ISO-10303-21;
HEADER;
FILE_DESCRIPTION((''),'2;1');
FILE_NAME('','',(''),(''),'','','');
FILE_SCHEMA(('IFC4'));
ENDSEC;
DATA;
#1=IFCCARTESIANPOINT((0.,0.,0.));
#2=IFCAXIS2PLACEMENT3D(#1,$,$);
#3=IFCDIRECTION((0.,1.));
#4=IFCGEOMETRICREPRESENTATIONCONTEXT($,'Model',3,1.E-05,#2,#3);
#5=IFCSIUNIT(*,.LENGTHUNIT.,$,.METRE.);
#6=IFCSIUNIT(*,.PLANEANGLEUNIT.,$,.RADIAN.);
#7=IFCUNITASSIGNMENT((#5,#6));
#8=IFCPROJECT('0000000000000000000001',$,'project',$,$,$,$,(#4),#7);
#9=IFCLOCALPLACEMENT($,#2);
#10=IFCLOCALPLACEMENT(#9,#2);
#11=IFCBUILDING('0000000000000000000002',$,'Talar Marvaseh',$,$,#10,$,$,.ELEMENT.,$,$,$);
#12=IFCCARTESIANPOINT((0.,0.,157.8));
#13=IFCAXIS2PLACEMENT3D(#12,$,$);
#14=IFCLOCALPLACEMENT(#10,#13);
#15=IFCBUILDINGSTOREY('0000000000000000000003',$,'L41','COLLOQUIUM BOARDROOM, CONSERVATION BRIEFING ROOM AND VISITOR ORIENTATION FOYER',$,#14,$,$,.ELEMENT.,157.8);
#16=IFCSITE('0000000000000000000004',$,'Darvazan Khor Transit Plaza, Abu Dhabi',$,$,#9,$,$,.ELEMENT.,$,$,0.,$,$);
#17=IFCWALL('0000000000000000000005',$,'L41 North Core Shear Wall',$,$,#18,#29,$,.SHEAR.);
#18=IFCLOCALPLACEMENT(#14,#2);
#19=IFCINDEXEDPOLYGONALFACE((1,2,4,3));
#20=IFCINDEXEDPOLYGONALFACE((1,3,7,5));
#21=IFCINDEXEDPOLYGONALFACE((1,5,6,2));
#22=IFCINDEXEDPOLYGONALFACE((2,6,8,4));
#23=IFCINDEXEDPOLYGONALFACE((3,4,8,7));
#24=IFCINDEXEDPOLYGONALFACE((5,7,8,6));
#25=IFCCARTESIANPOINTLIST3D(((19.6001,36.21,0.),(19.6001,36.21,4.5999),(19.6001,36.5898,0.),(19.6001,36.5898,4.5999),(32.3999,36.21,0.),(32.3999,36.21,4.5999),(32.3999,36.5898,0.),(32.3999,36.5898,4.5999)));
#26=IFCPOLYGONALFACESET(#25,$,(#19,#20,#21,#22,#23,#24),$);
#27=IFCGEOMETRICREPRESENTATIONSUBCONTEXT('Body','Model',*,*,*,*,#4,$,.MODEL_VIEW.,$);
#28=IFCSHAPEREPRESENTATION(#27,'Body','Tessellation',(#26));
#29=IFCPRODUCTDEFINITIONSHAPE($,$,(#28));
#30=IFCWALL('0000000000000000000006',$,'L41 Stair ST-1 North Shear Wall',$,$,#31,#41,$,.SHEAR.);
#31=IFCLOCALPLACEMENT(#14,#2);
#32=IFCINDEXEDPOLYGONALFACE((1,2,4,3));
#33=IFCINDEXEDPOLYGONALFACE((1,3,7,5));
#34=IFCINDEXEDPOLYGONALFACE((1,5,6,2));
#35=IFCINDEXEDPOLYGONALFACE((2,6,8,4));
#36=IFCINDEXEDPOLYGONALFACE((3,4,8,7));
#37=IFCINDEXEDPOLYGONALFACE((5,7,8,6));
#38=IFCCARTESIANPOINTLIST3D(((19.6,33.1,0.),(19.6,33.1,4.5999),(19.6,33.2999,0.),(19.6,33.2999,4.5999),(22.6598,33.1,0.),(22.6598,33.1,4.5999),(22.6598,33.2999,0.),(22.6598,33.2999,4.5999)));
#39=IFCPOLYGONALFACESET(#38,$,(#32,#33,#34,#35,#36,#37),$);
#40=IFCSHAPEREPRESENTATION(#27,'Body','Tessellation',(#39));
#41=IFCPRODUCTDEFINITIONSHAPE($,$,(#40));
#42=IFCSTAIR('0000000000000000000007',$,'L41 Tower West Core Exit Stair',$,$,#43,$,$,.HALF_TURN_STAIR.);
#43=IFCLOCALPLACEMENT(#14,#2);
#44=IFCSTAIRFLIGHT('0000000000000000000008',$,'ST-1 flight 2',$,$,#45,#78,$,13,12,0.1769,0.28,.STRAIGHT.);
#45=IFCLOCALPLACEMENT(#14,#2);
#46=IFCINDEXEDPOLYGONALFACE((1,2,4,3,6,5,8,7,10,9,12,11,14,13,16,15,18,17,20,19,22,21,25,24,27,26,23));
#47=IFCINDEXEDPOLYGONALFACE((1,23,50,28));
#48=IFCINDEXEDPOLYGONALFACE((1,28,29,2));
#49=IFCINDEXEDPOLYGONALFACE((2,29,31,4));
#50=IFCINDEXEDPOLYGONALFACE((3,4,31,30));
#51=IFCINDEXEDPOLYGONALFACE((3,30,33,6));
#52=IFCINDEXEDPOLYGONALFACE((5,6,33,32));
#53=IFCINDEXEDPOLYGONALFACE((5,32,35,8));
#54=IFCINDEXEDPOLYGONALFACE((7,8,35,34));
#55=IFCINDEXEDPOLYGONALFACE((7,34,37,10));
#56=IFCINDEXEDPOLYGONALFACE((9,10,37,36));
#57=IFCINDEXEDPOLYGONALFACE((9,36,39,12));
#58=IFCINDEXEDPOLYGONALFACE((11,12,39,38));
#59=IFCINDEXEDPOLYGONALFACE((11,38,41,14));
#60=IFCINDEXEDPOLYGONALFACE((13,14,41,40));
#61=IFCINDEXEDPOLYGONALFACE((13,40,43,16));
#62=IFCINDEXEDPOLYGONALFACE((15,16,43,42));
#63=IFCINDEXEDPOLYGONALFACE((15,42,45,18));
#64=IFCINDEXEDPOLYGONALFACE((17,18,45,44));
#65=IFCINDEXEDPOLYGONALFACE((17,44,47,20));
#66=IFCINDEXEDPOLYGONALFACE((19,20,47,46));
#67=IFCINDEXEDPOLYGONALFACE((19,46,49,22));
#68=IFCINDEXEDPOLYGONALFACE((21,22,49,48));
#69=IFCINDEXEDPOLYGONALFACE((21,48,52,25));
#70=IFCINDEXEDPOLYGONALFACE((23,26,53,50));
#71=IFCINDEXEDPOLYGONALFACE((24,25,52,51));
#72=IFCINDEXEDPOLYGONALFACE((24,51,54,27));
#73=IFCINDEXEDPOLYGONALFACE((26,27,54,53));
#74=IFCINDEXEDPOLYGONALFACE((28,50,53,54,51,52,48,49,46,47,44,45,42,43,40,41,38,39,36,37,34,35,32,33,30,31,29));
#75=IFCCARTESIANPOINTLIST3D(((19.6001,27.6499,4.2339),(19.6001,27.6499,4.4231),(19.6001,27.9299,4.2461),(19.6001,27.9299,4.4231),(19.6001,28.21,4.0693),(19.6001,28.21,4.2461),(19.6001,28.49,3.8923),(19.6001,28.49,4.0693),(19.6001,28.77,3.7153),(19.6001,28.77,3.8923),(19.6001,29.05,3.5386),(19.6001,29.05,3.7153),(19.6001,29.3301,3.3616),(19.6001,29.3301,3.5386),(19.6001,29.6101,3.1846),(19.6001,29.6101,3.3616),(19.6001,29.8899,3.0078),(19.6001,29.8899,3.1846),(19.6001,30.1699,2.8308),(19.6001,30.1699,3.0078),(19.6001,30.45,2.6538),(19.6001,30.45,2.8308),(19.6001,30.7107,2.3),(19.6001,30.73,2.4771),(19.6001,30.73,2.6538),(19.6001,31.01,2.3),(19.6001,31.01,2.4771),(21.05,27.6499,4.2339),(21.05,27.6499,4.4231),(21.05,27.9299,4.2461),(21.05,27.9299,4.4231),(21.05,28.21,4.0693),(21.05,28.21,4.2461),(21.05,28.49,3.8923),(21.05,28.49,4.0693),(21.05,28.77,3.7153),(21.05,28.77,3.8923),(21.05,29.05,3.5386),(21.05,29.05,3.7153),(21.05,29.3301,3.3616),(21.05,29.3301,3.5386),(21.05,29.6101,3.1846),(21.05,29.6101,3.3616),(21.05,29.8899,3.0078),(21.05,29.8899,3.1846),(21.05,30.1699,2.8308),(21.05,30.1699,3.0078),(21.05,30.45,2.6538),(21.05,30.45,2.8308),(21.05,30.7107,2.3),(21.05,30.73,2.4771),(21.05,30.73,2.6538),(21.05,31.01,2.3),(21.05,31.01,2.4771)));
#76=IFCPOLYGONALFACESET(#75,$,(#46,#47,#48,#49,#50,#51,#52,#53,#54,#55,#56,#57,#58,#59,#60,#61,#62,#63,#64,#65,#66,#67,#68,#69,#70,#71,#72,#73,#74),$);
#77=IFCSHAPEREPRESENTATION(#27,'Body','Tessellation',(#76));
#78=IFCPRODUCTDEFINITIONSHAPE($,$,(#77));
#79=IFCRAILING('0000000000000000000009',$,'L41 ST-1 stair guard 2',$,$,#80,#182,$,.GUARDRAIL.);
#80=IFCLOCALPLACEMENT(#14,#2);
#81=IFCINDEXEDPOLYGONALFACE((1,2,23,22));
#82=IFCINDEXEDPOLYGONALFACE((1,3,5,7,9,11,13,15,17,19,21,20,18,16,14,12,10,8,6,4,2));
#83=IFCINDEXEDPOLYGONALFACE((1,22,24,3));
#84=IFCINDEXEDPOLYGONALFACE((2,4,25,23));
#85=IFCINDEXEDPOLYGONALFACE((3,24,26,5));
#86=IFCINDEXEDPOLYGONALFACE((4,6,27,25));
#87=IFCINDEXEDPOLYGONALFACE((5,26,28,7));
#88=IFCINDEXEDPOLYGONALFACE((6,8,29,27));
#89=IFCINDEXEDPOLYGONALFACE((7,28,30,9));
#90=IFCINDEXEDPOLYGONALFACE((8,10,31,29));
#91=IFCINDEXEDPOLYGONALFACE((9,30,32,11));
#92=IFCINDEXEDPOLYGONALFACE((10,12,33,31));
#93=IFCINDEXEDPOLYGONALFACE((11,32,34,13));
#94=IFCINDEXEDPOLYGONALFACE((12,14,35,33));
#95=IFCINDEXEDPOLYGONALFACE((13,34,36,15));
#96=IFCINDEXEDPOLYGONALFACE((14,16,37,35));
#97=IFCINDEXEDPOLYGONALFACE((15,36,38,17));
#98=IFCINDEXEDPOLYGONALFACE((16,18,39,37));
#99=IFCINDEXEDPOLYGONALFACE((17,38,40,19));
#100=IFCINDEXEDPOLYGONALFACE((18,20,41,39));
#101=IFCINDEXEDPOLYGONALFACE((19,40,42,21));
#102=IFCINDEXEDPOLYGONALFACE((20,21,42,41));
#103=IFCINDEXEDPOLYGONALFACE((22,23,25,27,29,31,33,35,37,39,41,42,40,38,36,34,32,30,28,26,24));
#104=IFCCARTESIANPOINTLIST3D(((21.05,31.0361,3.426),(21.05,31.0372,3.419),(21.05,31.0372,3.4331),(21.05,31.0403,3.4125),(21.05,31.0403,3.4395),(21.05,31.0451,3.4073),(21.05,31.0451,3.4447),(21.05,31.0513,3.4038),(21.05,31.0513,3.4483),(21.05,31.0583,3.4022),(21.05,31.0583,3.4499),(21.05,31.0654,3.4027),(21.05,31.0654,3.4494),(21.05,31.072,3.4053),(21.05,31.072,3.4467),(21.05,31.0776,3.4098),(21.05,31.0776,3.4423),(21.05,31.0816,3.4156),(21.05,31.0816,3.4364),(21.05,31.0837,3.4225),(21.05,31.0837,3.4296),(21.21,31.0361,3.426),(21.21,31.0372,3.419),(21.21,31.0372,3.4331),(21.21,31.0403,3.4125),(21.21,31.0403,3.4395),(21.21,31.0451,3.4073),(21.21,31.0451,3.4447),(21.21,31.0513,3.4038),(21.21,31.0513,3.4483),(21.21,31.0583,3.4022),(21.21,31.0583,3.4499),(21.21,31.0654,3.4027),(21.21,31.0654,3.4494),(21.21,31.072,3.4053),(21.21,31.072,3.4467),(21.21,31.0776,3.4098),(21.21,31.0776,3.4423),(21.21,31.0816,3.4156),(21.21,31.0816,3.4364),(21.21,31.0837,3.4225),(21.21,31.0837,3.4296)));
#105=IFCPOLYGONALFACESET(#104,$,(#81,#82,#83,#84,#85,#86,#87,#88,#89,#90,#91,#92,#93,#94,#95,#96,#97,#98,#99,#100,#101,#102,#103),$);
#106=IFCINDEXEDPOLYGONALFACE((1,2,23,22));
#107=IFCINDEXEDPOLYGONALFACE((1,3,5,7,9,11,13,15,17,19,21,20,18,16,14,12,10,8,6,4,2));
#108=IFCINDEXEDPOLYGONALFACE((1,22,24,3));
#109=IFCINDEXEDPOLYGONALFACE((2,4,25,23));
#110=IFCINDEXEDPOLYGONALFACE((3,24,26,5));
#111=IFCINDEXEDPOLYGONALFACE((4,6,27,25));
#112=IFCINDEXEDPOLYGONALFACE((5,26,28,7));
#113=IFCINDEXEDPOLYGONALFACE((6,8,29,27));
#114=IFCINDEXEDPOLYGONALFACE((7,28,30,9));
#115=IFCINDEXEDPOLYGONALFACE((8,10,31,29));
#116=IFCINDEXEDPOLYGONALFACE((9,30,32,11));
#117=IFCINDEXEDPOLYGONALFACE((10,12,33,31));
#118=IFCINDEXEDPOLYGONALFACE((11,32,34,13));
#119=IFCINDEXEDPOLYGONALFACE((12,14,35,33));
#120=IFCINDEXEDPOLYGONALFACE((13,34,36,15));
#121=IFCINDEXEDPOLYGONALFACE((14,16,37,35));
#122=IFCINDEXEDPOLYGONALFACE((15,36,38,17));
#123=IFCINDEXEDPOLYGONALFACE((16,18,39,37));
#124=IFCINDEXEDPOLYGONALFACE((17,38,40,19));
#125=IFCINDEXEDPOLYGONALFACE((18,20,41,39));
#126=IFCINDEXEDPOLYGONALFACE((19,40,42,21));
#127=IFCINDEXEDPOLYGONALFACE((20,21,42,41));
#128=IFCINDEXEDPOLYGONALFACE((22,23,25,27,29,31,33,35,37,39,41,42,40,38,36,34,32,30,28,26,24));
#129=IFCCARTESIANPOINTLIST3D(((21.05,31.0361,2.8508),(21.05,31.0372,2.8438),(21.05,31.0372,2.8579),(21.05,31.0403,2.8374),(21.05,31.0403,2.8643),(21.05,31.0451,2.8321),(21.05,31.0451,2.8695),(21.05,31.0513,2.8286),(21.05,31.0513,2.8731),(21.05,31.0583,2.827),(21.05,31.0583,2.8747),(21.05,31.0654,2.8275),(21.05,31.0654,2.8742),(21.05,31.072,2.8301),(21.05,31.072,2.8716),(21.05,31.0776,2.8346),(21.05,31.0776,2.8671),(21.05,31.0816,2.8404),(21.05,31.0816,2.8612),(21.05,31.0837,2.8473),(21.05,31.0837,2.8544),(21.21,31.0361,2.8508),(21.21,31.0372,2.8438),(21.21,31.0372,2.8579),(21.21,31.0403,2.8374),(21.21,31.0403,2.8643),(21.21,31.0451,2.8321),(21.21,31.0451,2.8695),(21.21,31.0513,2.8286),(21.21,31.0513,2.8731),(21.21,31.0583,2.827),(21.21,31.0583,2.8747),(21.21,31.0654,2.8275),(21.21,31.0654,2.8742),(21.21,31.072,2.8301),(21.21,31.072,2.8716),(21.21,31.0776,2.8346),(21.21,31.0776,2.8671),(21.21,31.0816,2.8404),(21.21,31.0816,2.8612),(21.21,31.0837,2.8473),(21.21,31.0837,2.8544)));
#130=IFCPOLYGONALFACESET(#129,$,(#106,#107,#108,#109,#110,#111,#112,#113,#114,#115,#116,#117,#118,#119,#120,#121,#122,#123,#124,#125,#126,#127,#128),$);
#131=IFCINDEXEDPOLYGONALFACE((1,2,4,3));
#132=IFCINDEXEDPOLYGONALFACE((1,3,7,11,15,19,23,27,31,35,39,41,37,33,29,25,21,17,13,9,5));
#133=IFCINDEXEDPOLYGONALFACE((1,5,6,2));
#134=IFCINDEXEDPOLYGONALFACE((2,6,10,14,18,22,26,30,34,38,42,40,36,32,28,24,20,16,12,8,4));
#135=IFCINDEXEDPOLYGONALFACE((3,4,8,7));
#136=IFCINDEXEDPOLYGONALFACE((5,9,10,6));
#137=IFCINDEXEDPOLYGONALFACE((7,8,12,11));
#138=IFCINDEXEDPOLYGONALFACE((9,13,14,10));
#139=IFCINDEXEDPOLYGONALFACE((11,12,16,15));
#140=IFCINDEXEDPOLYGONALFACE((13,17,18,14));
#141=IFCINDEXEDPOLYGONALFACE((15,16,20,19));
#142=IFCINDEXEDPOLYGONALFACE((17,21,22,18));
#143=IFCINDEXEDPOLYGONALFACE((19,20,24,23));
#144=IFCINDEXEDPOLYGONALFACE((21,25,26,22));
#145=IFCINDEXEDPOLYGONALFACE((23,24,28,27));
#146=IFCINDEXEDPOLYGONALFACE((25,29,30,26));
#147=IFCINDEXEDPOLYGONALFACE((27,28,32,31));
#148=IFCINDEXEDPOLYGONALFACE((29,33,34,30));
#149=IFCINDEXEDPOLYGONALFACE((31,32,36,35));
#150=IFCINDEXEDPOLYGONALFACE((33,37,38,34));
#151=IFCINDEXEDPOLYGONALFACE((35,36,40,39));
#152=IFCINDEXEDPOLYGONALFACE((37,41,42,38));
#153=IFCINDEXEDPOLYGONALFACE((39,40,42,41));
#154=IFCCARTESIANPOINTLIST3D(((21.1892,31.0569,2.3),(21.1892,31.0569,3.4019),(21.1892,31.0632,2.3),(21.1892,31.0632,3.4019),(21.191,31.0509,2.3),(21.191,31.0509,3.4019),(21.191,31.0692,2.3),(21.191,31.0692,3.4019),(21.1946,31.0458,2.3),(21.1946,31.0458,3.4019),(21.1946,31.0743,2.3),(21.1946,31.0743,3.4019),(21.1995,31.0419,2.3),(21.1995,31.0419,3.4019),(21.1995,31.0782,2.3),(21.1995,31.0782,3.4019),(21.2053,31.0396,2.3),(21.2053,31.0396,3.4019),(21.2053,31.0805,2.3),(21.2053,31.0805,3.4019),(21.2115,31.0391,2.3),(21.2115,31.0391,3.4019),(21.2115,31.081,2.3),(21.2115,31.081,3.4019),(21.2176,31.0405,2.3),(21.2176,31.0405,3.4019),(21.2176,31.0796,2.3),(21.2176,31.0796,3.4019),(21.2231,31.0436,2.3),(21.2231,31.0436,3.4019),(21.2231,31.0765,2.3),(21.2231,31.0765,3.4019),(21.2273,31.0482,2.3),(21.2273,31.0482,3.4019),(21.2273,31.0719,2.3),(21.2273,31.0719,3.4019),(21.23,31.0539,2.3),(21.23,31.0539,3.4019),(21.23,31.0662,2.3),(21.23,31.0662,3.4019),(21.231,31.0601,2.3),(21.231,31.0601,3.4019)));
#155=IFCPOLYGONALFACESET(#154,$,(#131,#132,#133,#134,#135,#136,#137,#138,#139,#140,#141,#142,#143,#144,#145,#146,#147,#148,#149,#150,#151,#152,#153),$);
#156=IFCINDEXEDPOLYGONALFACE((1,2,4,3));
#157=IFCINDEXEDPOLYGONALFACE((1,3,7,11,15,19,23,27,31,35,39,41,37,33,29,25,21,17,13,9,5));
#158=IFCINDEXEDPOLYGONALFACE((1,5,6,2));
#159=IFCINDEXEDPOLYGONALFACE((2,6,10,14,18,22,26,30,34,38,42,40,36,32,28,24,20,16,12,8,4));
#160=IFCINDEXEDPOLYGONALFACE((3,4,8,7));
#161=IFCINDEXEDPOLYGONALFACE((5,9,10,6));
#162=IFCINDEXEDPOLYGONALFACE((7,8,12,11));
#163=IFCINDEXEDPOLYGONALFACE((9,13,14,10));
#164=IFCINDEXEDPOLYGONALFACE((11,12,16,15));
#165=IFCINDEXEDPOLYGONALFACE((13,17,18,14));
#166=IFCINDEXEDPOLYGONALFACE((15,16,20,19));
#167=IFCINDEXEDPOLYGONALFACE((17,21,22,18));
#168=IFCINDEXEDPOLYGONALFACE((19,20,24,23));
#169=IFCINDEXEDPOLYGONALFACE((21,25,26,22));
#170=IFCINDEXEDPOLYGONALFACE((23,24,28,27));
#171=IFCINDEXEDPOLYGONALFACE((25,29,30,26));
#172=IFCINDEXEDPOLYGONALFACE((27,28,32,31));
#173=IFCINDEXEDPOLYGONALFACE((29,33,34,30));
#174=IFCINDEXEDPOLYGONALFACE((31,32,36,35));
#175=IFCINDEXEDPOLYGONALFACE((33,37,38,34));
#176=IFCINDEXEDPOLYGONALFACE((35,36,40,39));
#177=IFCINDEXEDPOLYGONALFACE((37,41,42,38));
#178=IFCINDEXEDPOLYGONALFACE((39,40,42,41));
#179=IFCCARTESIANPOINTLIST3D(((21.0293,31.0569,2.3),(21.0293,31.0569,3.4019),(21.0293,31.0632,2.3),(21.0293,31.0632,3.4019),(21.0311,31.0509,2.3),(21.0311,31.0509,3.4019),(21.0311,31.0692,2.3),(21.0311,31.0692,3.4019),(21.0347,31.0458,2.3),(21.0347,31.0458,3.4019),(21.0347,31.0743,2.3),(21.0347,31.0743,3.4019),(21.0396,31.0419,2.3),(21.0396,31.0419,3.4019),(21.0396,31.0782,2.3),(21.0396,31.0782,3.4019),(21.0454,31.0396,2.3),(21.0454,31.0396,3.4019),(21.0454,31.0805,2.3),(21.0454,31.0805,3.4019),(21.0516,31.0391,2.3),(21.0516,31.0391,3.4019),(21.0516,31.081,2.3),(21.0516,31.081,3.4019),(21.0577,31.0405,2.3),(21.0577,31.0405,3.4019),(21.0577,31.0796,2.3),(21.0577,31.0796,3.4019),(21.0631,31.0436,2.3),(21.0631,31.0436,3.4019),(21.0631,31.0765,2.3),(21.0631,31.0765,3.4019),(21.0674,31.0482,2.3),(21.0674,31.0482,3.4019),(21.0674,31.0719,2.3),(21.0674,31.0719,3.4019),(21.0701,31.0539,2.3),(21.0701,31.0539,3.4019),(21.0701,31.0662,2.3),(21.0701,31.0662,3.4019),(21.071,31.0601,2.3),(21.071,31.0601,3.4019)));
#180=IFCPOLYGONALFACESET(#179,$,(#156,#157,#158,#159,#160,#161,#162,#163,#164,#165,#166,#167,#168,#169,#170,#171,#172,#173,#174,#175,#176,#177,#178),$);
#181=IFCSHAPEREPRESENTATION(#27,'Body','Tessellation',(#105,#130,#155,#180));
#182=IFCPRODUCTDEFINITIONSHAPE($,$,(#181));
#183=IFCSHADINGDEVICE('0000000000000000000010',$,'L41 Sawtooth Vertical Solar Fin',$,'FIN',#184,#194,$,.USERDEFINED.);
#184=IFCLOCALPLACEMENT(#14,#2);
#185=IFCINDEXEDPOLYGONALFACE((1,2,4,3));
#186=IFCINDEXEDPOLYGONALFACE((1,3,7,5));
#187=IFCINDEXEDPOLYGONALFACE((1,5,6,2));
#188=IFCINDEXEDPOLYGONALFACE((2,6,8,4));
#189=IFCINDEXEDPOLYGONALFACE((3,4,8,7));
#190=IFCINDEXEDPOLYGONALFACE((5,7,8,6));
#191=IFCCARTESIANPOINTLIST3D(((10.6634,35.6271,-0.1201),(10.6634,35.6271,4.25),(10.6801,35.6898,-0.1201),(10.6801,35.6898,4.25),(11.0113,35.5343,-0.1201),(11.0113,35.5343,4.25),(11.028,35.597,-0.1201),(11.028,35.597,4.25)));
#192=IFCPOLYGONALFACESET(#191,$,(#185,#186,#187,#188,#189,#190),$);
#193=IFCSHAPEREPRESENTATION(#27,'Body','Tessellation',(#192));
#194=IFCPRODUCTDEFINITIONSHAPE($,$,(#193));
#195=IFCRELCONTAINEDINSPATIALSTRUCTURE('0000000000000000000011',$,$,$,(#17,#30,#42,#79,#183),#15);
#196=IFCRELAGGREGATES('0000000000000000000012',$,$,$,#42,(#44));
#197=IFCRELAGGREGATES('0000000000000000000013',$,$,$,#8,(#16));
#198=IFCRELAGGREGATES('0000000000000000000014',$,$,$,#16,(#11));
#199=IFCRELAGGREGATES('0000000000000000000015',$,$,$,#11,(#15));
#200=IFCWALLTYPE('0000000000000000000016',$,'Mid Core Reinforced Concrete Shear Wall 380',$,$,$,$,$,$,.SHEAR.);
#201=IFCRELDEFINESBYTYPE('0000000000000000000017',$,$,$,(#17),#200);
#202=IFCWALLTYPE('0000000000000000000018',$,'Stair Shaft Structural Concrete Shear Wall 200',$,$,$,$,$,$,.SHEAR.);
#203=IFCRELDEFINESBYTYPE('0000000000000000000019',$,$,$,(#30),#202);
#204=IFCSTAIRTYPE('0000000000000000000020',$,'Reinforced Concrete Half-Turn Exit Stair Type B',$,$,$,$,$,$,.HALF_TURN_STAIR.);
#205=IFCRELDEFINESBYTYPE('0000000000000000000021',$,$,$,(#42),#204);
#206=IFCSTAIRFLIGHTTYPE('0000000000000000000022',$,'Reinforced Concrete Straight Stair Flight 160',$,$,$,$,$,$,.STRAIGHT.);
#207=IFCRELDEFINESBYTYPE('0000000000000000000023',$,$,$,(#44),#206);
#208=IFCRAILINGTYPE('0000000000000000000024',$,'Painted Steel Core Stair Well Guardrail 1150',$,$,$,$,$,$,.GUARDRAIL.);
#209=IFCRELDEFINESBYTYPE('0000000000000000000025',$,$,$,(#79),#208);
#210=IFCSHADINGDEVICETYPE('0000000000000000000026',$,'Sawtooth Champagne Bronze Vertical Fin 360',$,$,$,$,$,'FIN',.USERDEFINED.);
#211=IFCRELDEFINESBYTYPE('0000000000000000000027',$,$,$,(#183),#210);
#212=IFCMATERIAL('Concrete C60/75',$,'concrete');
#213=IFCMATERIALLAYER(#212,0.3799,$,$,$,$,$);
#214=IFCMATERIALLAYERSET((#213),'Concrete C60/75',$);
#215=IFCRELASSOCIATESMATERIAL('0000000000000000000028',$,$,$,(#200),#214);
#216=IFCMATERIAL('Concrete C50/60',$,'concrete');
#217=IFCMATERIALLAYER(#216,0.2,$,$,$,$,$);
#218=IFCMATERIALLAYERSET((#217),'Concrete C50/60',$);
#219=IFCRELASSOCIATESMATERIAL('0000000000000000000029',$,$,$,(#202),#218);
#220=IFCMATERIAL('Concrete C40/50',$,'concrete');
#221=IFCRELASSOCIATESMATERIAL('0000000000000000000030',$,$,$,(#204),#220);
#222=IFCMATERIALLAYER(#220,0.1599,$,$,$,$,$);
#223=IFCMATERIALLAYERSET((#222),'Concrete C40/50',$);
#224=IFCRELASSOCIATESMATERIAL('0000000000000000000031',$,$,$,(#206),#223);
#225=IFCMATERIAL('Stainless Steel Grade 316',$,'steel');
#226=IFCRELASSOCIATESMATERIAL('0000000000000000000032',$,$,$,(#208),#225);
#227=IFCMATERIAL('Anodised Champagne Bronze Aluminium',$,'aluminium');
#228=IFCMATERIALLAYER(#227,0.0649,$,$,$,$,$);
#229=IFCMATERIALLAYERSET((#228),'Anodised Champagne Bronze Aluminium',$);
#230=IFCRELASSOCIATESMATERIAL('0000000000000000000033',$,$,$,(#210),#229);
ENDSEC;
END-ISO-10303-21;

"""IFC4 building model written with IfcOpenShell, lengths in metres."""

from ifc_helpers import new_model, si_unit, direction, frame, frame_2d, origin, origin_2d, place, context, subcontext, project, spatial, polyline, rectangle, circle, outline, extrude, source, transform, mapped, material, layer, layer_set, type_object, type_shapes, element, aggregate, save


model = new_model("IFC4")

# Units and contexts
model_context = context("Model", 3, precision=1e-05, world=origin(), true_north=direction((0.0, 1.0)))
body_context = subcontext(model_context, "Body", "Model", "MODEL_VIEW")
ifc_project = project(units=[si_unit("LENGTHUNIT", "METRE"), si_unit("PLANEANGLEUNIT", "RADIAN")], contexts=[model_context])

# Site, building, storey
site_placement = place(None, origin())
site = spatial("IfcSite", under=ifc_project, at=site_placement, Name="Darvazan Khor Transit Plaza, Abu Dhabi", CompositionType="ELEMENT", RefElevation=0.0)
building_placement = place(site_placement, origin())
building = spatial("IfcBuilding", under=site, at=building_placement, Name="Talar Marvaseh", CompositionType="ELEMENT")
storey_placement = place(building_placement, frame((0.0, 0.0, 157.8)))
storey = spatial("IfcBuildingStorey", under=building, at=storey_placement, Name="L41", Description="COLLOQUIUM BOARDROOM, CONSERVATION BRIEFING ROOM AND VISITOR ORIENTATION FOYER", CompositionType="ELEMENT", Elevation=157.8)

# Shared definitions
ifc_material_1 = material(Name="Concrete C60/75", Category="concrete")

# Shared definitions
ifc_material_2 = material(Name="Stainless Steel Grade 316", Category="steel")

# Walls
ifc_layer_1 = layer(ifc_material_1, 0.3799)
ifc_layer_set_1 = layer_set([ifc_layer_1], Name="Concrete C60/75")
wall_type_1 = type_object("IfcWallType", Name="Mid Core Reinforced Concrete Shear Wall 380", PredefinedType="SHEAR", material=ifc_layer_set_1)
wall_1_placement = place(storey_placement, frame((19.6001, 36.3999, 0.0), z_axis=(0.0, 0.0, 1.0), x_axis=(1.0, 0.0, 0.0)))
element("IfcWall", 1, at=wall_1_placement, inside=storey, type_object=wall_type_1, Name="L41 North Core Shear Wall", PredefinedType="SHEAR", context=body_context, shape_type="SweptSolid", body=[
    extrude(rectangle(XDim=12.7998, YDim=0.3799, at=frame_2d((6.3999, 0.0))), origin(), (0.0, 0.0, 1.0), 4.5999),
])
ifc_material_3 = material(Name="Concrete C50/60", Category="concrete")
ifc_layer_2 = layer(ifc_material_3, 0.2)
ifc_layer_set_2 = layer_set([ifc_layer_2], Name="Concrete C50/60")
wall_type_2 = type_object("IfcWallType", Name="Stair Shaft Structural Concrete Shear Wall 200", PredefinedType="SHEAR", material=ifc_layer_set_2)
wall_2_placement = place(storey_placement, frame((19.6001, 33.2, 0.0), z_axis=(0.0, 0.0, 1.0), x_axis=(1.0, 0.0, 0.0)))
element("IfcWall", 2, at=wall_2_placement, inside=storey, type_object=wall_type_2, Name="L41 Stair ST-1 North Shear Wall", PredefinedType="SHEAR", context=body_context, shape_type="SweptSolid", body=[
    extrude(rectangle(XDim=3.0598, YDim=0.2, at=frame_2d((1.5298, 0.0))), origin(), (0.0, 0.0, 1.0), 4.5999),
])

# Stair, stair flight
ifc_material_4 = material(Name="Concrete C40/50", Category="concrete")
stair_type = type_object("IfcStairType", Name="Reinforced Concrete Half-Turn Exit Stair Type B", PredefinedType="HALF_TURN_STAIR", material=ifc_material_4)
stair_placement = place(storey_placement, origin())
stair = element("IfcStair", 3, at=stair_placement, inside=storey, type_object=stair_type, Name="L41 Tower West Core Exit Stair", PredefinedType="HALF_TURN_STAIR")
ifc_layer_3 = layer(ifc_material_4, 0.1599)
ifc_layer_set_3 = layer_set([ifc_layer_3], Name="Concrete C40/50")
stair_flight_type = type_object("IfcStairFlightType", Name="Reinforced Concrete Straight Stair Flight 160", PredefinedType="STRAIGHT", material=ifc_layer_set_3)
stair_flight_placement = place(storey_placement, frame((20.325, 31.01, 2.3), z_axis=(0.0, 0.0, 1.0), x_axis=(0.0, -1.0, 0.0)))
stair_flight = element("IfcStairFlight", 4, at=stair_flight_placement, type_object=stair_flight_type, Name="ST-1 flight 2", NumberOfRisers=13, NumberOfTreads=12, PredefinedType="STRAIGHT", RiserHeight=0.1769, TreadLength=0.28, context=body_context, shape_type="SweptSolid", body=[
    extrude(outline(polyline([(0.0, 0.0), (0.0, 0.177), (0.28, 0.177), (0.28, 0.3538), (0.5601, 0.3538), (0.5601, 0.5308), (0.8401, 0.5308), (0.8401, 0.7078), (1.1201, 0.7078), (1.1201, 0.8845), (1.3999, 0.8845), (1.3999, 1.0615), (1.6799, 1.0615), (1.6799, 1.2385), (1.96, 1.2385), (1.96, 1.4153), (2.24, 1.4153), (2.24, 1.5923), (2.52, 1.5923), (2.52, 1.7693), (2.8, 1.7693), (2.8, 1.946), (3.0801, 1.946), (3.0801, 2.123), (3.3601, 2.123), (3.3601, 2.3), (3.3601, 1.9338), (0.2993, 0.0), (0.0, 0.0)])), frame((0.0, 0.7251, 0.0), z_axis=(0.0, -1.0, 0.0), x_axis=(1.0, 0.0, 0.0)), (0.0, 0.0, 1.0), 1.45),
])
aggregate(stair, [stair_flight])

# Railing
railing_type_1 = type_object("IfcRailingType", Name="Painted Steel Core Stair Well Guardrail 1150", PredefinedType="GUARDRAIL", material=ifc_material_2)
railing_1_placement = place(storey_placement, frame((21.21, 31.0601, 2.3)))
element("IfcRailing", 5, at=railing_1_placement, inside=storey, type_object=railing_type_1, Name="L41 ST-1 stair guard 2", PredefinedType="GUARDRAIL", context=body_context, shape_type="SweptSolid", body=[
    extrude(circle(Radius=0.0239, at=origin_2d()), frame((0.0, 0.0, 1.126), z_axis=(-1.0, 0.0, 0.0), x_axis=(0.0, -1.0, 0.0)), (0.0, 0.0, 1.0), 0.1599),
    extrude(circle(Radius=0.0239, at=origin_2d()), frame((0.0, 0.0, 0.5508), z_axis=(-1.0, 0.0, 0.0), x_axis=(0.0, -1.0, 0.0)), (0.0, 0.0, 1.0), 0.1599),
    extrude(circle(Radius=0.021, at=origin_2d()), origin(), (0.0, 0.0, 1.0), 1.1018),
    extrude(circle(Radius=0.021, at=origin_2d()), frame((-0.1599, 0.0, 0.0)), (0.0, 0.0, 1.0), 1.1018),
])

# Shading device
ifc_material_5 = material(Name="Anodised Champagne Bronze Aluminium", Category="aluminium")
ifc_layer_4 = layer(ifc_material_5, 0.0649)
ifc_layer_set_4 = layer_set([ifc_layer_4], Name="Anodised Champagne Bronze Aluminium")
shading_device_type = type_object("IfcShadingDeviceType", Name="Sawtooth Champagne Bronze Vertical Fin 360", ElementType="FIN", PredefinedType="USERDEFINED", material=ifc_layer_set_4)
shared_shape_1 = source(origin(), body_context, "Body", "SweptSolid", [
    extrude(rectangle(XDim=0.3601, YDim=0.0649, at=origin_2d()), origin(), (0.0, 0.0, 1.0), 4.3701),
])
type_shapes(shading_device_type, [shared_shape_1])
shading_device_placement = place(storey_placement, frame((10.8457, 35.6121, -0.1201), z_axis=(0.0, 0.0, 1.0), x_axis=(-0.966241, 0.257639, 0.0)))
element("IfcShadingDevice", 6, at=shading_device_placement, inside=storey, type_object=shading_device_type, Name="L41 Sawtooth Vertical Solar Fin", ObjectType="FIN", PredefinedType="USERDEFINED", context=body_context, shape_type="MappedRepresentation", body=[
    mapped(shared_shape_1, transform((0.0, 0.0, 0.0), x_axis=(1.0, 0.0, 0.0), y_axis=(0.0, 1.0, 0.0), z_axis=(0.0, 0.0, 1.0), scale=1.0)),
])

save(model, "model.ifc")
